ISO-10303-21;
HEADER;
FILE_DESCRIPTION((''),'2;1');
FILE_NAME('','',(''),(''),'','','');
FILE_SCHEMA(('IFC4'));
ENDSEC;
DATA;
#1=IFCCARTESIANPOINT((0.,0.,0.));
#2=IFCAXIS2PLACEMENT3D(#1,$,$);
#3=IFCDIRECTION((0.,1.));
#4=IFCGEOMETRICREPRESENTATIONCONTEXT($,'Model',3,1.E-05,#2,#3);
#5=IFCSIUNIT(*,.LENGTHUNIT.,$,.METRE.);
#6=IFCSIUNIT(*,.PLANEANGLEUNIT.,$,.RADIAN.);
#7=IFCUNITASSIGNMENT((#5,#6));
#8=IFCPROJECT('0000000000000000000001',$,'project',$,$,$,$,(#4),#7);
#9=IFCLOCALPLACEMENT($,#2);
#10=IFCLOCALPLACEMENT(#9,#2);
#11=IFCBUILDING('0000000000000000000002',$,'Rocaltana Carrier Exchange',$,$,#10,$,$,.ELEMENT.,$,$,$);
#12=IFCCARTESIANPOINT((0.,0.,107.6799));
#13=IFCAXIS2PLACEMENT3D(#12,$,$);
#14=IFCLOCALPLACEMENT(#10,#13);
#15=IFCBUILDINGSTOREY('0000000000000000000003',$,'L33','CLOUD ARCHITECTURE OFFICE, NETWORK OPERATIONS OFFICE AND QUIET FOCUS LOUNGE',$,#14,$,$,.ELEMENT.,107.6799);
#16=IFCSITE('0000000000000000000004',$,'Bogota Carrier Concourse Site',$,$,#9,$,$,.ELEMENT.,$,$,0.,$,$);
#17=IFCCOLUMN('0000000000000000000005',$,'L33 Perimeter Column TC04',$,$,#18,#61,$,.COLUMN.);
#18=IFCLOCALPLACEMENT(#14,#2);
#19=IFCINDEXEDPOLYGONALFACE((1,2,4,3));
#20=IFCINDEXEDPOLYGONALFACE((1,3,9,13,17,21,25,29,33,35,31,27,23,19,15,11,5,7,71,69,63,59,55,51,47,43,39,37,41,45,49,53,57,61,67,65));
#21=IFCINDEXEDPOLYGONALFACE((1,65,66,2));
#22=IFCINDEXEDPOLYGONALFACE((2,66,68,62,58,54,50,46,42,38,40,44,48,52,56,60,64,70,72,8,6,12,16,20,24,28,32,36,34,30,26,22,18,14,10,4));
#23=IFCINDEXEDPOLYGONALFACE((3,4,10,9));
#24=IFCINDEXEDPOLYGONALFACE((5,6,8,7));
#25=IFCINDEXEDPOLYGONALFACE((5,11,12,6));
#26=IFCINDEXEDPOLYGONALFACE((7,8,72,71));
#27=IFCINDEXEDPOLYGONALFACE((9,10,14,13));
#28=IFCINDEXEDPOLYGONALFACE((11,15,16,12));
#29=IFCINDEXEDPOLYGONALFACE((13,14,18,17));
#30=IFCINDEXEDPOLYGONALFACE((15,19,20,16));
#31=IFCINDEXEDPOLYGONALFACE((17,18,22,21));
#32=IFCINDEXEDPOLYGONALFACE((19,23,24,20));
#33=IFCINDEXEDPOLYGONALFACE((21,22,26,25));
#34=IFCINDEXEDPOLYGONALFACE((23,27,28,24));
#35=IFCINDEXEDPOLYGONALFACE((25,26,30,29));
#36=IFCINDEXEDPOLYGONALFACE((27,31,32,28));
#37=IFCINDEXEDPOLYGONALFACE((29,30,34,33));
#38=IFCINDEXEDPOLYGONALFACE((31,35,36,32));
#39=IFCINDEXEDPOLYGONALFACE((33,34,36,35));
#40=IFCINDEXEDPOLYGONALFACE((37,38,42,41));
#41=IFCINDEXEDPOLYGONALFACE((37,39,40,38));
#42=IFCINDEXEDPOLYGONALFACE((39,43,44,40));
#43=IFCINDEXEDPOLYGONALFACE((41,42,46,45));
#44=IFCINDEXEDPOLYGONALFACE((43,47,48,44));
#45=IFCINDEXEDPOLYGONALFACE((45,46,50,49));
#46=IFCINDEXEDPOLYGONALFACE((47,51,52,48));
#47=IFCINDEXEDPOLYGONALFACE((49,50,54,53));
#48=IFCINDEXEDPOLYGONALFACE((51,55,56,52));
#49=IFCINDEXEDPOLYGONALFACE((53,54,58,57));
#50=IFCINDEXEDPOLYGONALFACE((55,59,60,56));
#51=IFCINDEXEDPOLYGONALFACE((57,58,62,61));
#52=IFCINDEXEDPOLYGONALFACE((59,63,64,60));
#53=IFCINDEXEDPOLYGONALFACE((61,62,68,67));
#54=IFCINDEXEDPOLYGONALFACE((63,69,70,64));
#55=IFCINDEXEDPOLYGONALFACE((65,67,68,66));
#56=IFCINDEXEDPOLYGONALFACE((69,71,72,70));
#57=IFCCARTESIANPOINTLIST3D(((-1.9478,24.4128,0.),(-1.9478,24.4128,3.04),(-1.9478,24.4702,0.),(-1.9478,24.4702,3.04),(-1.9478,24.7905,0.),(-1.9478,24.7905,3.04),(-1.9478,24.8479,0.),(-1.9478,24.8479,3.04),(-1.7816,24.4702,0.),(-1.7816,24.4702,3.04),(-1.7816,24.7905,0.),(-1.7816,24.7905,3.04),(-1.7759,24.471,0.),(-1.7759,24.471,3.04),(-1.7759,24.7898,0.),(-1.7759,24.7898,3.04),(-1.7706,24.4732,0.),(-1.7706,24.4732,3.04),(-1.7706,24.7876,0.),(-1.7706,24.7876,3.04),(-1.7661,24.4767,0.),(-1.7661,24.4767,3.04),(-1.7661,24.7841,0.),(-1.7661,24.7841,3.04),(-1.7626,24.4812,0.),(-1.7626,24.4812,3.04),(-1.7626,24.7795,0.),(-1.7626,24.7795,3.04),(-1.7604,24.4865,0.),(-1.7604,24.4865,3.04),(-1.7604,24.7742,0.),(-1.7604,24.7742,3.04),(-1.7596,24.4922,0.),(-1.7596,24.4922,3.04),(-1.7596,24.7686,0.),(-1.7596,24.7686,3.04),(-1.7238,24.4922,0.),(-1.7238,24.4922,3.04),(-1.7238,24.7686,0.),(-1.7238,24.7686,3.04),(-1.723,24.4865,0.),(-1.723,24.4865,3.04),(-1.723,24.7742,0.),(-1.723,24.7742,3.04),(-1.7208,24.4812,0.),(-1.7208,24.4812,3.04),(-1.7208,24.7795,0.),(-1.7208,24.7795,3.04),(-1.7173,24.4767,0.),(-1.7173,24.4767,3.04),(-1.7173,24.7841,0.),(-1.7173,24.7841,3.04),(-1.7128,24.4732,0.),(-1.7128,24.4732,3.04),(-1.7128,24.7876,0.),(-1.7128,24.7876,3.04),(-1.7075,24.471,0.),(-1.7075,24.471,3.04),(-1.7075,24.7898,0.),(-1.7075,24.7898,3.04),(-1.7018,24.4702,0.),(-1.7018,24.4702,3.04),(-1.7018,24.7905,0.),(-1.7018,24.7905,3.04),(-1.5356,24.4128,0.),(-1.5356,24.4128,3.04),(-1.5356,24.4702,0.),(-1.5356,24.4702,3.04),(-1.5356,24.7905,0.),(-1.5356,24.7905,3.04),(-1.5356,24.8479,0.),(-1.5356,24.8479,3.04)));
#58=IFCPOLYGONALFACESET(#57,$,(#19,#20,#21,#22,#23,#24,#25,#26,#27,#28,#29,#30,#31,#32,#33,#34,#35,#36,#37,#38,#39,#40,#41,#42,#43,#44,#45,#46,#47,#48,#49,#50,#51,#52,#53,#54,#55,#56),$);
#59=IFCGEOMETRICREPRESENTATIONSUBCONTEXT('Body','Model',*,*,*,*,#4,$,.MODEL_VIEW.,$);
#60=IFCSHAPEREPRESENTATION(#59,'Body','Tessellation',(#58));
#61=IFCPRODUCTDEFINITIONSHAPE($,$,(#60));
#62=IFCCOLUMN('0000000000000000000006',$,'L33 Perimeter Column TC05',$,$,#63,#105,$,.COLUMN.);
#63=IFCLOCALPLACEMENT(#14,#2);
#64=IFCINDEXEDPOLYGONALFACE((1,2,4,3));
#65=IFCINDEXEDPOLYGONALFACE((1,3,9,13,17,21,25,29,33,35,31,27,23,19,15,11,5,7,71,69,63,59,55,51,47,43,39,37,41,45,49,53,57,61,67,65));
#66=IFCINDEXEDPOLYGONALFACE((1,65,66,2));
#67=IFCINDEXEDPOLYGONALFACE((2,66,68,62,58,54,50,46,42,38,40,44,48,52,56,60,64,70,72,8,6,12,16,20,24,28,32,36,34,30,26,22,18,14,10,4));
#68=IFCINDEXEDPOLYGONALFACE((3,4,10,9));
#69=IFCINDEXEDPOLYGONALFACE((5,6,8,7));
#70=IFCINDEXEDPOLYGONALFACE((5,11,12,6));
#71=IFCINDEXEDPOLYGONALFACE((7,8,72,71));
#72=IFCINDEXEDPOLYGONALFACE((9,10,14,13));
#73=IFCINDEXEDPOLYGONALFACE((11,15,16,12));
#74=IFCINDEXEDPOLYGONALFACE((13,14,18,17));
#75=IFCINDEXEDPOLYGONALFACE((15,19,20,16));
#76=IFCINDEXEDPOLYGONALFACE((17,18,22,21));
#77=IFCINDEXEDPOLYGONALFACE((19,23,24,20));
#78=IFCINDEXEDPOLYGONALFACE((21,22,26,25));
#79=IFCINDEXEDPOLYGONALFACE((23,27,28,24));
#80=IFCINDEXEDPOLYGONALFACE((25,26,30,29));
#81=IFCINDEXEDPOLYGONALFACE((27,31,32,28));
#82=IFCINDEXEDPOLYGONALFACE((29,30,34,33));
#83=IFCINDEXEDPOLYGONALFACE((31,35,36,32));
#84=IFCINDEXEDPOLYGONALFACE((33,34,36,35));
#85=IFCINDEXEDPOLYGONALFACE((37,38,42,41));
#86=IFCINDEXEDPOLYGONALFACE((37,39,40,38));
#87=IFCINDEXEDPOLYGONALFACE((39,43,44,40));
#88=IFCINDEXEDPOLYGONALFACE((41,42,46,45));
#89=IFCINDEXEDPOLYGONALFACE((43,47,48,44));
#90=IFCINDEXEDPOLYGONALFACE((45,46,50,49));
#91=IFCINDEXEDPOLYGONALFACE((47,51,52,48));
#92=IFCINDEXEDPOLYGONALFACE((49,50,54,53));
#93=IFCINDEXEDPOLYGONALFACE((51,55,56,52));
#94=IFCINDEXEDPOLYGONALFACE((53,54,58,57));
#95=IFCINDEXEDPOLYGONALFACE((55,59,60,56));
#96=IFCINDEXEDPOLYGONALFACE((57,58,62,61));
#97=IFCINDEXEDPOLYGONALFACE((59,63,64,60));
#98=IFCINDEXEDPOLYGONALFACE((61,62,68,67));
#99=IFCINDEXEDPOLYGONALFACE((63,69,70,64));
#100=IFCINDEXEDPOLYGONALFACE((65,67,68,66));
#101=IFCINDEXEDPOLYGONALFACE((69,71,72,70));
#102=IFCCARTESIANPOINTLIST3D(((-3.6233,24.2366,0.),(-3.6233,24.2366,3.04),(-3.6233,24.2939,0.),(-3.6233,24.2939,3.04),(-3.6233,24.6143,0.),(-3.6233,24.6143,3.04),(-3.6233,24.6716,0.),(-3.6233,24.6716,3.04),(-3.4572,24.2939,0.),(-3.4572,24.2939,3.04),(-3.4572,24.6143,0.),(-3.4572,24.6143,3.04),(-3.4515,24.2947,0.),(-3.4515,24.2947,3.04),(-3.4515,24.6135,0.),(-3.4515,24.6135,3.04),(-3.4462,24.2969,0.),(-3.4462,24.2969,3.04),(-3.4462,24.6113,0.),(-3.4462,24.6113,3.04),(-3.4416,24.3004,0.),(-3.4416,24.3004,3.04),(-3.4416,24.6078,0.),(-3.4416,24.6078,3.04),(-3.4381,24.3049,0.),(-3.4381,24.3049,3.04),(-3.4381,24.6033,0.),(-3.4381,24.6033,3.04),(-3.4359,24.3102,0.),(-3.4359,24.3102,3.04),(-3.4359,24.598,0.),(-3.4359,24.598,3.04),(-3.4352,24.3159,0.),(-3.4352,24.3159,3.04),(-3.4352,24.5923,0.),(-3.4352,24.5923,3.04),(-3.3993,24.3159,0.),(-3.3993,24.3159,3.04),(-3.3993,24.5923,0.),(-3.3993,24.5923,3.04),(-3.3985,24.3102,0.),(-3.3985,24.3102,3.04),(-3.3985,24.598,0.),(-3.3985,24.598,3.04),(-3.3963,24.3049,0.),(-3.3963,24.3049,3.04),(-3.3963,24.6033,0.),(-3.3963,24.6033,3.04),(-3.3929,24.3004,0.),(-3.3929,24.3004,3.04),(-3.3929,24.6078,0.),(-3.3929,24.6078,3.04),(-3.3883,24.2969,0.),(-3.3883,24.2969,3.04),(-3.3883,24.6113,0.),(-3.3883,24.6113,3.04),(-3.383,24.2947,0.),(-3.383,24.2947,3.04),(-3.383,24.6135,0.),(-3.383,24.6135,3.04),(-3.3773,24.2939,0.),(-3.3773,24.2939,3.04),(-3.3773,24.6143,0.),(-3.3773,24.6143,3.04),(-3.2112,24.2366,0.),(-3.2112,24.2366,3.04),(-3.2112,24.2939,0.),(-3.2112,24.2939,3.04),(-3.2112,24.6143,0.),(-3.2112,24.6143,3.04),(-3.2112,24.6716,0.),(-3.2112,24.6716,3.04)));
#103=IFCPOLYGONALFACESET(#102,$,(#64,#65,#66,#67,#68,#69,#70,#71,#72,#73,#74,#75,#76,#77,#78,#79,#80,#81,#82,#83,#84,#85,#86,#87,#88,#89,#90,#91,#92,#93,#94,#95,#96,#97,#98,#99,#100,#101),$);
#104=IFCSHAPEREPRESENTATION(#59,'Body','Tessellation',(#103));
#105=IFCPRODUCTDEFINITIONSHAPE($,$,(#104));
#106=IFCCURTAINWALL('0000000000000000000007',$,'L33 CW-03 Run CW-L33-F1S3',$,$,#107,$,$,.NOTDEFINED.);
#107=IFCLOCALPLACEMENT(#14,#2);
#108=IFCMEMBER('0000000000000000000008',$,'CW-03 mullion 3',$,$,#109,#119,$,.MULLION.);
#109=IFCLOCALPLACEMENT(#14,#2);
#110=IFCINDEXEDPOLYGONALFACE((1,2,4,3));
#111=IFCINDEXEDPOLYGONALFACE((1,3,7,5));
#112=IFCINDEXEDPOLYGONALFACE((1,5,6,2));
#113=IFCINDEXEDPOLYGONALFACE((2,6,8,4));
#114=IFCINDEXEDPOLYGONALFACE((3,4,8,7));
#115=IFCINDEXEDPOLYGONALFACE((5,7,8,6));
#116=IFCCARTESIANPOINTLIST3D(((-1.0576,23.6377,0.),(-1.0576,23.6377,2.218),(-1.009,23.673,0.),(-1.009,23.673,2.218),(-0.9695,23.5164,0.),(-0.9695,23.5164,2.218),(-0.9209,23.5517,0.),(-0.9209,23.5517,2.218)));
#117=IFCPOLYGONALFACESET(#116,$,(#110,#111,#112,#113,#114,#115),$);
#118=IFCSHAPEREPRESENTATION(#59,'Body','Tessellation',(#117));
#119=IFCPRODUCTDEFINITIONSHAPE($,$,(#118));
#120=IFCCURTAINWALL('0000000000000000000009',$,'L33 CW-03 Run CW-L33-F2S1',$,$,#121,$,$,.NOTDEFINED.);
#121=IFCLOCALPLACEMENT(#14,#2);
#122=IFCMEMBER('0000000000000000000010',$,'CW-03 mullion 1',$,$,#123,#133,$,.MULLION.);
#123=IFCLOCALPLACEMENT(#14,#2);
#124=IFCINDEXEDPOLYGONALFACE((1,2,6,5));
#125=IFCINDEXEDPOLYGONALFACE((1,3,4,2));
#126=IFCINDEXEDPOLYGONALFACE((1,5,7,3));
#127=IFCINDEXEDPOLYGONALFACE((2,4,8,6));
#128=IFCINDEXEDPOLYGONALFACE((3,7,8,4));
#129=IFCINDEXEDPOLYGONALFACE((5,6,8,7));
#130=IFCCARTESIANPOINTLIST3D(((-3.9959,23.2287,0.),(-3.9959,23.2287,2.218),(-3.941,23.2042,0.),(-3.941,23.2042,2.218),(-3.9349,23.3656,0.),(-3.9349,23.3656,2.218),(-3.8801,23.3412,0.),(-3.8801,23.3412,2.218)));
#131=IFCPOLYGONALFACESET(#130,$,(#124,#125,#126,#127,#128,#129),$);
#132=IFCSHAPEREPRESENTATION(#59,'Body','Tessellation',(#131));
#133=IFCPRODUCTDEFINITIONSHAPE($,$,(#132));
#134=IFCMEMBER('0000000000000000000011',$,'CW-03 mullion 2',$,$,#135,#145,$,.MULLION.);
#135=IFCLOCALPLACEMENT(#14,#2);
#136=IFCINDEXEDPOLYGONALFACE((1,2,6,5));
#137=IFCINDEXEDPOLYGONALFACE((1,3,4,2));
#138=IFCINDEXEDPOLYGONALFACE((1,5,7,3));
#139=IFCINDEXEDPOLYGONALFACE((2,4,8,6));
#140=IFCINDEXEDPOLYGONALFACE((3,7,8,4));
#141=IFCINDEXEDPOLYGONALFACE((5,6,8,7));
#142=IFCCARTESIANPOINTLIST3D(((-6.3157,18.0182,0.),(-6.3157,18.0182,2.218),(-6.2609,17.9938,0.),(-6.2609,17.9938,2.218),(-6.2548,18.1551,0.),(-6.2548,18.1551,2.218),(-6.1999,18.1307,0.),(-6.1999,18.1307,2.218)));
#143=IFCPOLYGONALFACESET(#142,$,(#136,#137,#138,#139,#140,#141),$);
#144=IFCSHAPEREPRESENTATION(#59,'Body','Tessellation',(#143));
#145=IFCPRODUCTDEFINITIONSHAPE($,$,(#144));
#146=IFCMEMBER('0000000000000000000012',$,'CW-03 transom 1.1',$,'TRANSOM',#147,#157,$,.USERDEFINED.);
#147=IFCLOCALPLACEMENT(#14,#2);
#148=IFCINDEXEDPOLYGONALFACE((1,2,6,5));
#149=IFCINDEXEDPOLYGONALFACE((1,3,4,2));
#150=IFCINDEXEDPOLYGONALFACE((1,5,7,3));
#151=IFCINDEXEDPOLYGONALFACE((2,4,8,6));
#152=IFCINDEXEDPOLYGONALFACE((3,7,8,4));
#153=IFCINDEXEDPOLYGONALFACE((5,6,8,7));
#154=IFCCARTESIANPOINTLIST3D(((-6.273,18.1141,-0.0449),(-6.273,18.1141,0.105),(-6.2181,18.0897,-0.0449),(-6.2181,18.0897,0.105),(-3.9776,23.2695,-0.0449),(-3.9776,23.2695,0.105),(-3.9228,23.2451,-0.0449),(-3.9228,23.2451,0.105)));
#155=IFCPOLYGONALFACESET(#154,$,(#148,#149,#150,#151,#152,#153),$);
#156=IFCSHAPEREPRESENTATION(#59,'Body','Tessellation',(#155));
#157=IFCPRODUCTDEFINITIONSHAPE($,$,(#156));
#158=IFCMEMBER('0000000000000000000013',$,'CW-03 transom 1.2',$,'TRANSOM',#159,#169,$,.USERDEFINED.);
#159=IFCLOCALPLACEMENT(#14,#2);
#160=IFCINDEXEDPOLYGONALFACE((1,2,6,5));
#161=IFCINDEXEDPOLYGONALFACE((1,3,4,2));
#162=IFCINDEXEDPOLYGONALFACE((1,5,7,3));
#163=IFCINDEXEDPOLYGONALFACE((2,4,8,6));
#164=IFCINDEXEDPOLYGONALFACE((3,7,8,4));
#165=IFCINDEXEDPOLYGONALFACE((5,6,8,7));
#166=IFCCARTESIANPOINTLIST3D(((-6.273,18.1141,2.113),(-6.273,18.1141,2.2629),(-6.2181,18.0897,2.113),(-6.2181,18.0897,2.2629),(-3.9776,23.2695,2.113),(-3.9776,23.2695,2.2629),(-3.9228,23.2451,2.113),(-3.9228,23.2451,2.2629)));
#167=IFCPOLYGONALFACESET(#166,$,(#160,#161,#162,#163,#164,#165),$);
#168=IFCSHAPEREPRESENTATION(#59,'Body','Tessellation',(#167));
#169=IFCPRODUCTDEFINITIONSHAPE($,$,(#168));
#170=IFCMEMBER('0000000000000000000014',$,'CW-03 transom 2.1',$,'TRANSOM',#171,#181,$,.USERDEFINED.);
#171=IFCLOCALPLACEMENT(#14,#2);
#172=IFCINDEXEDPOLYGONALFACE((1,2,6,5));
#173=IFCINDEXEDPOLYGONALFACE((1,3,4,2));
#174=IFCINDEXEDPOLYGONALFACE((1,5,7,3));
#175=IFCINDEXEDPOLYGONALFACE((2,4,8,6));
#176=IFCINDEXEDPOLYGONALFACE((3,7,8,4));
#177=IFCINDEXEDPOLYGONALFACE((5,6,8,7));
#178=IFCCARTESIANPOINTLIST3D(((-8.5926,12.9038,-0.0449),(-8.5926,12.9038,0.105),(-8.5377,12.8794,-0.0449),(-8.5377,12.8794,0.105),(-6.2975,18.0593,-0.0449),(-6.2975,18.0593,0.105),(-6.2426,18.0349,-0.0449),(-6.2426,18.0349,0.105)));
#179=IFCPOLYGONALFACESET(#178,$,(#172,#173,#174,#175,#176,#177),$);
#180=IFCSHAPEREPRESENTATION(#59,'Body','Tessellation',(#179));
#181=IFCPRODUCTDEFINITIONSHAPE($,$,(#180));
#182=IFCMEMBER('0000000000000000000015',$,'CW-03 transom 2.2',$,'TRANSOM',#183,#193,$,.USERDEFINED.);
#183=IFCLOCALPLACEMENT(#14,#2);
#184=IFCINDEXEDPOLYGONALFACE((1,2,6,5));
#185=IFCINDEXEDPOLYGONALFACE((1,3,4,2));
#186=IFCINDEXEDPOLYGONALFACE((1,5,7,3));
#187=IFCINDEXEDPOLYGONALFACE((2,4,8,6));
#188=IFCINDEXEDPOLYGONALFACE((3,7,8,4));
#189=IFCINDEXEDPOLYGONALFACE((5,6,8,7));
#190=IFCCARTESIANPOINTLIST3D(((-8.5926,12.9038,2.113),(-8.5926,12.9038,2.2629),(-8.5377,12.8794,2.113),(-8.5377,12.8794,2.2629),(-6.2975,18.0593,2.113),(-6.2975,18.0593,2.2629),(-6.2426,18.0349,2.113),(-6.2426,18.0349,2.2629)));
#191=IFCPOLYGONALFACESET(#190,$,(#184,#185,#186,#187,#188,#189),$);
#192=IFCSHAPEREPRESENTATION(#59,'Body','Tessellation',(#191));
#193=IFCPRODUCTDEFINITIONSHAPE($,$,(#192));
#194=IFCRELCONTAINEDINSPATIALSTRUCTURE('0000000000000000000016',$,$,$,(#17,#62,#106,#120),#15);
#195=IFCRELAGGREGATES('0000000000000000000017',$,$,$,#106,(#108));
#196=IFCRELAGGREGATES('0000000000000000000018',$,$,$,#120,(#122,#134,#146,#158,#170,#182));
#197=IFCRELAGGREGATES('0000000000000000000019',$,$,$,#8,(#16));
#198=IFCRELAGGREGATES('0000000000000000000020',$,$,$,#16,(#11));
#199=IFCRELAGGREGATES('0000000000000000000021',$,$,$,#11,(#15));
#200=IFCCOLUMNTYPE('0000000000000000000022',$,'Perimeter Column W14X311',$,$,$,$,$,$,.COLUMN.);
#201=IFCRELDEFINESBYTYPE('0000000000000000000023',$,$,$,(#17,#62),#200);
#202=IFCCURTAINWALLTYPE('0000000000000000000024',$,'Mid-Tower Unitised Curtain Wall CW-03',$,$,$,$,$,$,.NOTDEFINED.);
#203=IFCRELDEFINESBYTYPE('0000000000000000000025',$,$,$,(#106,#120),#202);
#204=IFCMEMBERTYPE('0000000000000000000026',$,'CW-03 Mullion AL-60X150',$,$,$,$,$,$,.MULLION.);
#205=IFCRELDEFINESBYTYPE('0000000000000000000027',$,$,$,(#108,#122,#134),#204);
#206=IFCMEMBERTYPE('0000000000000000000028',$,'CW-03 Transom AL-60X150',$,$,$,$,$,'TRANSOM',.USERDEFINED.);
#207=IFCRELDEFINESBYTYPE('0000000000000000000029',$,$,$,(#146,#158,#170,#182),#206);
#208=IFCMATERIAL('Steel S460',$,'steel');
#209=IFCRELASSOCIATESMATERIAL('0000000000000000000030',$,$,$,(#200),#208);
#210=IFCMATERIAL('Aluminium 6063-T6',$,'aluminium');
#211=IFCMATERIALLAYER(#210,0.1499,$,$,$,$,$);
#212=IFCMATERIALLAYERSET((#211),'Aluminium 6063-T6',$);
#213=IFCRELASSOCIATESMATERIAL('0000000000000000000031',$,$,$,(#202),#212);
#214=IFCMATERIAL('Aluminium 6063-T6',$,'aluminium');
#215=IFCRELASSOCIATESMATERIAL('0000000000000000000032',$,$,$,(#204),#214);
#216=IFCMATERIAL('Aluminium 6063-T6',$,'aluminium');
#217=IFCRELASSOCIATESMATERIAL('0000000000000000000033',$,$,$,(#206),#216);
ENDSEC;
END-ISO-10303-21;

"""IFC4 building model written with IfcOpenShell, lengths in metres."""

from ifc_helpers import new_model, si_unit, direction, frame, origin, origin_2d, place, context, subcontext, project, spatial, rectangle, i_section, extrude, material, layer, layer_set, material_profile, profile_set, type_object, element, aggregate, save


model = new_model("IFC4")

# Units and contexts
model_context = context("Model", 3, precision=1e-05, world=origin(), true_north=direction((0.0, 1.0)))
body_context = subcontext(model_context, "Body", "Model", "MODEL_VIEW")
ifc_project = project(units=[si_unit("LENGTHUNIT", "METRE"), si_unit("PLANEANGLEUNIT", "RADIAN")], contexts=[model_context])

# Site, building, storey
site_placement = place(None, origin())
site = spatial("IfcSite", under=ifc_project, at=site_placement, Name="Bogota Carrier Concourse Site", CompositionType="ELEMENT", RefElevation=0.0)
building_placement = place(site_placement, origin())
building = spatial("IfcBuilding", under=site, at=building_placement, Name="Rocaltana Carrier Exchange", CompositionType="ELEMENT")
storey_placement = place(building_placement, frame((0.0, 0.0, 107.6799)))
storey = spatial("IfcBuildingStorey", under=building, at=storey_placement, Name="L33", Description="CLOUD ARCHITECTURE OFFICE, NETWORK OPERATIONS OFFICE AND QUIET FOCUS LOUNGE", CompositionType="ELEMENT", Elevation=107.6799)

# Columns
ifc_material_1 = material(Name="Steel S460", Category="steel")
ifc_material_profile_1 = material_profile(ifc_material_1, i_section(OverallWidth=0.4121, OverallDepth=0.4351, WebThickness=0.0359, FlangeThickness=0.0574, FilletRadius=0.022, at=origin_2d()), Name="W14X311")
ifc_profile_set_1 = profile_set([ifc_material_profile_1], Name="Steel S460")
column_type = type_object("IfcColumnType", Name="Perimeter Column W14X311", PredefinedType="COLUMN", material=ifc_profile_set_1)
for number, where, z_axis, x_axis, name in (
    (1, (-1.7417, 24.6304, 0.0), (0.0, 0.0, 1.0), (1.0, 0.0, 0.0), "L33 Perimeter Column TC04"),
    (2, (-3.4172, 24.4541, 0.0), (0.0, 0.0, 1.0), (1.0, 0.0, 0.0), "L33 Perimeter Column TC05"),
):
    element("IfcColumn", number, at=place(storey_placement, frame(where, z_axis=z_axis, x_axis=x_axis)), inside=storey, type_object=column_type, Name=name, PredefinedType="COLUMN", context=body_context, shape_type="SweptSolid", body=[
        extrude(i_section(OverallWidth=0.4121, OverallDepth=0.4351, WebThickness=0.0359, FlangeThickness=0.0574, FilletRadius=0.022, at=origin_2d()), origin(), (0.0, 0.0, 1.0), 3.04),
    ])

# Curtain wall, member
ifc_material_2 = material(Name="Aluminium 6063-T6", Category="aluminium")
ifc_layer_1 = layer(ifc_material_2, 0.1499)
ifc_layer_set_1 = layer_set([ifc_layer_1], Name="Aluminium 6063-T6")
curtain_wall_type = type_object("IfcCurtainWallType", Name="Mid-Tower Unitised Curtain Wall CW-03", PredefinedType="NOTDEFINED", material=ifc_layer_set_1)
curtain_wall_1_placement = place(storey_placement, origin())
curtain_wall_1 = element("IfcCurtainWall", 3, at=curtain_wall_1_placement, inside=storey, type_object=curtain_wall_type, Name="L33 CW-03 Run CW-L33-F1S3", PredefinedType="NOTDEFINED")
ifc_material_3 = material(Name="Aluminium 6063-T6", Category="aluminium")
ifc_material_profile_2 = material_profile(ifc_material_3, rectangle(XDim=0.0601, YDim=0.1499, at=origin_2d()), Name="AL-60X150")
ifc_profile_set_2 = profile_set([ifc_material_profile_2], Name="Aluminium 6063-T6")
member_type_1 = type_object("IfcMemberType", Name="CW-03 Mullion AL-60X150", PredefinedType="MULLION", material=ifc_profile_set_2)
member_1_placement = place(storey_placement, frame((-0.9893, 23.5947, 0.0), z_axis=(0.0, 0.0, 1.0), x_axis=(-0.809014, -0.58779, 0.0)))
member_1 = element("IfcMember", 4, at=member_1_placement, type_object=member_type_1, Name="CW-03 mullion 3", PredefinedType="MULLION", context=body_context, shape_type="SweptSolid", body=[
    extrude(rectangle(XDim=0.0601, YDim=0.1499, at=origin_2d()), origin(), (0.0, 0.0, 1.0), 2.218),
])
aggregate(curtain_wall_1, [member_1])

# Curtain wall, members
curtain_wall_2_placement = place(storey_placement, origin())
curtain_wall_2 = element("IfcCurtainWall", 5, at=curtain_wall_2_placement, inside=storey, type_object=curtain_wall_type, Name="L33 CW-03 Run CW-L33-F2S1", PredefinedType="NOTDEFINED")
member_2_placement = place(storey_placement, frame((-3.938, 23.2849, 0.0), z_axis=(0.0, 0.0, 1.0), x_axis=(0.913544, -0.40674, 0.0)))
member_2 = element("IfcMember", 6, at=member_2_placement, type_object=member_type_1, Name="CW-03 mullion 1", PredefinedType="MULLION", context=body_context, shape_type="SweptSolid", body=[
    extrude(rectangle(XDim=0.0601, YDim=0.1499, at=origin_2d()), origin(), (0.0, 0.0, 1.0), 2.218),
])
member_3_placement = place(storey_placement, frame((-6.2578, 18.0745, 0.0), z_axis=(0.0, 0.0, 1.0), x_axis=(0.913544, -0.40674, 0.0)))
member_3 = element("IfcMember", 7, at=member_3_placement, type_object=member_type_1, Name="CW-03 mullion 2", PredefinedType="MULLION", context=body_context, shape_type="SweptSolid", body=[
    extrude(rectangle(XDim=0.0601, YDim=0.1499, at=origin_2d()), origin(), (0.0, 0.0, 1.0), 2.218),
])
ifc_material_4 = material(Name="Aluminium 6063-T6", Category="aluminium")
ifc_material_profile_3 = material_profile(ifc_material_4, rectangle(XDim=0.0601, YDim=0.1499, at=origin_2d()), Name="AL-60X150")
ifc_profile_set_3 = profile_set([ifc_material_profile_3], Name="Aluminium 6063-T6")
member_type_2 = type_object("IfcMemberType", Name="CW-03 Transom AL-60X150", ElementType="TRANSOM", PredefinedType="USERDEFINED", material=ifc_profile_set_3)
member_4_placement = place(storey_placement, frame((-3.9502, 23.2573, 0.03), z_axis=(-0.40674, -0.913544, 0.0), x_axis=(0.913544, -0.40674, 0.0)))
member_4 = element("IfcMember", 8, at=member_4_placement, type_object=member_type_2, Name="CW-03 transom 1.1", ObjectType="TRANSOM", PredefinedType="USERDEFINED", context=body_context, shape_type="SweptSolid", body=[
    extrude(rectangle(XDim=0.0601, YDim=0.1499, at=origin_2d()), origin(), (0.0, 0.0, 1.0), 5.6433),
])
member_5_placement = place(storey_placement, frame((-3.9502, 23.2573, 2.188), z_axis=(-0.40674, -0.913544, 0.0), x_axis=(0.913544, -0.40674, 0.0)))
member_5 = element("IfcMember", 9, at=member_5_placement, type_object=member_type_2, Name="CW-03 transom 1.2", ObjectType="TRANSOM", PredefinedType="USERDEFINED", context=body_context, shape_type="SweptSolid", body=[
    extrude(rectangle(XDim=0.0601, YDim=0.1499, at=origin_2d()), origin(), (0.0, 0.0, 1.0), 5.6433),
])
member_6_placement = place(storey_placement, frame((-6.27, 18.0471, 0.03), z_axis=(-0.406704, -0.91356, 0.0), x_axis=(0.91356, -0.406704, 0.0)))
member_6 = element("IfcMember", 10, at=member_6_placement, type_object=member_type_2, Name="CW-03 transom 2.1", ObjectType="TRANSOM", PredefinedType="USERDEFINED", context=body_context, shape_type="SweptSolid", body=[
    extrude(rectangle(XDim=0.0601, YDim=0.1499, at=origin_2d()), origin(), (0.0, 0.0, 1.0), 5.6433),
])
member_7_placement = place(storey_placement, frame((-6.27, 18.0471, 2.188), z_axis=(-0.406704, -0.91356, 0.0), x_axis=(0.91356, -0.406704, 0.0)))
member_7 = element("IfcMember", 11, at=member_7_placement, type_object=member_type_2, Name="CW-03 transom 2.2", ObjectType="TRANSOM", PredefinedType="USERDEFINED", context=body_context, shape_type="SweptSolid", body=[
    extrude(rectangle(XDim=0.0601, YDim=0.1499, at=origin_2d()), origin(), (0.0, 0.0, 1.0), 5.6433),
])

aggregate(curtain_wall_2, [member_2, member_3, member_4, member_5, member_6, member_7])

save(model, "model.ifc")
